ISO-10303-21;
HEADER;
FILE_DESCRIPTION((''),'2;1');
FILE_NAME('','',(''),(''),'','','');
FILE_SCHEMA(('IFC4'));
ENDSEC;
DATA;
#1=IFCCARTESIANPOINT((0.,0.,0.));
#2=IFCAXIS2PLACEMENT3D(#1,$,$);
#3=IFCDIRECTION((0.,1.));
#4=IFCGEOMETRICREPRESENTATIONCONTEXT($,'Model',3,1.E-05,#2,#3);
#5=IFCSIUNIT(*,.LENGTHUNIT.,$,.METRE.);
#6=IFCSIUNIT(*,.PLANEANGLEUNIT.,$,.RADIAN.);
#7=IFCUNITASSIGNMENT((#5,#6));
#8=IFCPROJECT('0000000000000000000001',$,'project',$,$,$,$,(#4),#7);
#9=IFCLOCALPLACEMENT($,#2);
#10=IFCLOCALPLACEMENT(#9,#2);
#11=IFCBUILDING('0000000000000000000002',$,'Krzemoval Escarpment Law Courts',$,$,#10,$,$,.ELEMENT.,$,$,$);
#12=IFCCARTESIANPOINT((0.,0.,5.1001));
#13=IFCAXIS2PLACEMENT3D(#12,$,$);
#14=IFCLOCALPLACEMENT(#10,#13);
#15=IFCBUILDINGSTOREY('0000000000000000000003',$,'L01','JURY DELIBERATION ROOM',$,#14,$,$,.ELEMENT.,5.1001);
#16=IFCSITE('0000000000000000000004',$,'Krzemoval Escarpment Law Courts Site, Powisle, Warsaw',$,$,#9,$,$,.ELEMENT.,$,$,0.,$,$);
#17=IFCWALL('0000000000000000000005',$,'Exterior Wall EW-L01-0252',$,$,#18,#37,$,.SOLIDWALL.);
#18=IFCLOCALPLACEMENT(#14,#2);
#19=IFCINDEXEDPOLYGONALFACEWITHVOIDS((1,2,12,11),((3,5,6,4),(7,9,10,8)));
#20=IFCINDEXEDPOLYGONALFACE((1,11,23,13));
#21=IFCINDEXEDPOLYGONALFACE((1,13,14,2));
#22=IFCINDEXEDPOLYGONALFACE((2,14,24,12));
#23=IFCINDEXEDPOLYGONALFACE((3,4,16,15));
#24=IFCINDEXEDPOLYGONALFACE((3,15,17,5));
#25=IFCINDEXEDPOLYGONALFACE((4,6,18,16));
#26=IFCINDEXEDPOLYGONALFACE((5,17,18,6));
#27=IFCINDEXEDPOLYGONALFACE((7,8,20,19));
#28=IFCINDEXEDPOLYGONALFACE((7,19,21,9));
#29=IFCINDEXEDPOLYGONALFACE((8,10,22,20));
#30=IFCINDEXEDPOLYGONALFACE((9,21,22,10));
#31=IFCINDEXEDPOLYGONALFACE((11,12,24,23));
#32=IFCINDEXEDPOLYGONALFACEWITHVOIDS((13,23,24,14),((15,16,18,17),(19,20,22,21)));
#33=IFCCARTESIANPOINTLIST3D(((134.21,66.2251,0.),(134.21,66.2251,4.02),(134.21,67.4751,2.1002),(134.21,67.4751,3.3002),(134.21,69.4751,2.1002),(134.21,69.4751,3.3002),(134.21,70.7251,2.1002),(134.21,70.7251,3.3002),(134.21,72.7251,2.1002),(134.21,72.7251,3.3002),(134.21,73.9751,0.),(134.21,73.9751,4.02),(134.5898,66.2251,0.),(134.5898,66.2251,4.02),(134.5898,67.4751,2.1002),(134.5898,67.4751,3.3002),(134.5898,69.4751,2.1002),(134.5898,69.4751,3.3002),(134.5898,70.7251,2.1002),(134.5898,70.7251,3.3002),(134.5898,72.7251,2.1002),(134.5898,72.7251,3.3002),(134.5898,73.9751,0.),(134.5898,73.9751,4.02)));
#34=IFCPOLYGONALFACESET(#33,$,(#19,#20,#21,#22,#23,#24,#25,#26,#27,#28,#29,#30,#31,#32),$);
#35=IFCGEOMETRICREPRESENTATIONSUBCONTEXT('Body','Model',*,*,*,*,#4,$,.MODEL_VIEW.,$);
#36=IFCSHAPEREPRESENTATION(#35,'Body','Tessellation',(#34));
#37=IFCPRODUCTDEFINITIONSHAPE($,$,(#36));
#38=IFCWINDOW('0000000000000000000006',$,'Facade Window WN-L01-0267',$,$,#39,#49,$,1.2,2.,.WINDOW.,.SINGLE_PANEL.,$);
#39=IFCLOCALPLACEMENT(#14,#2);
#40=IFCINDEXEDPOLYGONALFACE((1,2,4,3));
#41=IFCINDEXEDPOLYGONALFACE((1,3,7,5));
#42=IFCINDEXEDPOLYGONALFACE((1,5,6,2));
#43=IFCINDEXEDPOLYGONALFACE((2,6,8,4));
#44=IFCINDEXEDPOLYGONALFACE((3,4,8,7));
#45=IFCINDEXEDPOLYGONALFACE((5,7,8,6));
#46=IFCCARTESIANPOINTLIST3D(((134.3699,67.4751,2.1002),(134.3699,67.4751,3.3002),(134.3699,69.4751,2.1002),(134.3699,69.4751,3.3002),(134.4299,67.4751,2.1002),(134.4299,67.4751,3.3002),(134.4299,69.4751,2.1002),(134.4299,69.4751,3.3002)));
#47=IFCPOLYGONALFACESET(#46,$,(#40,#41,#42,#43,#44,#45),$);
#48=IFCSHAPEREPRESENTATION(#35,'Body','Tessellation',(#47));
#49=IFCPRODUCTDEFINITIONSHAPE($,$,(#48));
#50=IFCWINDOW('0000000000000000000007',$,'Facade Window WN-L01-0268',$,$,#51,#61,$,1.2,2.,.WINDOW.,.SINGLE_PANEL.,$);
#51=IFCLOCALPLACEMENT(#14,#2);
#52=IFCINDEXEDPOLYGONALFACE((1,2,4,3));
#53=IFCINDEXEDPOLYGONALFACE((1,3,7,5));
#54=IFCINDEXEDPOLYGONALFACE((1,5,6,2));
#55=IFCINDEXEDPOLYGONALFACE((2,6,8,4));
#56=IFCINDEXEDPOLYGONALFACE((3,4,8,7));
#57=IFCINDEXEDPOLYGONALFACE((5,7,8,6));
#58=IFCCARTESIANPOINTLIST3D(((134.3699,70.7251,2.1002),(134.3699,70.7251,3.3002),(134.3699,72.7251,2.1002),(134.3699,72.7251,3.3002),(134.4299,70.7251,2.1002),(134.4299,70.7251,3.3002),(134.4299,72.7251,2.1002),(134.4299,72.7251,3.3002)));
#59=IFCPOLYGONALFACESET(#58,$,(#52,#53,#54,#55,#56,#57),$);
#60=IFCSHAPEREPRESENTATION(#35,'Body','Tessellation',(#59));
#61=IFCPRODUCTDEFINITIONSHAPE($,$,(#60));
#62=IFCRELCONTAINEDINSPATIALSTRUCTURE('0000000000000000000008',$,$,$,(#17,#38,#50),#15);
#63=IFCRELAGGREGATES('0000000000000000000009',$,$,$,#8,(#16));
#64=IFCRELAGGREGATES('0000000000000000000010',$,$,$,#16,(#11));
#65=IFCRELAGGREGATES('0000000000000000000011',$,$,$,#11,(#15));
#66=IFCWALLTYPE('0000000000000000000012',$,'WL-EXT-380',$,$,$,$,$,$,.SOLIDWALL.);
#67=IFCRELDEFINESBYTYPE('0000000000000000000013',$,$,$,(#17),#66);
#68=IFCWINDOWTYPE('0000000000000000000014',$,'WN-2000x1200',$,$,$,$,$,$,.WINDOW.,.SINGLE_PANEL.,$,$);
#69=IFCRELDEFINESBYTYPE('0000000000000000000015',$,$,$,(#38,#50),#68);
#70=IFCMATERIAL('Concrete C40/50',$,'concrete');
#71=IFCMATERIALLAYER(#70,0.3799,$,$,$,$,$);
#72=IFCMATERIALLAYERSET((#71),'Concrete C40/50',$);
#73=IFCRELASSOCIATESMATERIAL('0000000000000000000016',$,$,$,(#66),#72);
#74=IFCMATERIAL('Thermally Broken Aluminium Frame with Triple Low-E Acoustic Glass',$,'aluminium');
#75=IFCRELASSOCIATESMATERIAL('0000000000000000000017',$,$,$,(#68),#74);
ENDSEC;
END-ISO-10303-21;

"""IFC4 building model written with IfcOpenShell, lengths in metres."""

from ifc_helpers import new_model, si_unit, direction, frame, frame_2d, origin, place, context, subcontext, project, spatial, rectangle, extrude, material, layer, layer_set, type_object, element, fill, save


model = new_model("IFC4")

# Units and contexts
model_context = context("Model", 3, precision=1e-05, world=origin(), true_north=direction((0.0, 1.0)))
body_context = subcontext(model_context, "Body", "Model", "MODEL_VIEW")
ifc_project = project(units=[si_unit("LENGTHUNIT", "METRE"), si_unit("PLANEANGLEUNIT", "RADIAN")], contexts=[model_context])

# Site, building, storey
site_placement = place(None, origin())
site = spatial("IfcSite", under=ifc_project, at=site_placement, Name="Krzemoval Escarpment Law Courts Site, Powisle, Warsaw", CompositionType="ELEMENT", RefElevation=0.0)
building_placement = place(site_placement, origin())
building = spatial("IfcBuilding", under=site, at=building_placement, Name="Krzemoval Escarpment Law Courts", CompositionType="ELEMENT")
storey_placement = place(building_placement, frame((0.0, 0.0, 5.1001)))
storey = spatial("IfcBuildingStorey", under=building, at=storey_placement, Name="L01", Description="JURY DELIBERATION ROOM", CompositionType="ELEMENT", Elevation=5.1001)

# Wall, openings, windows
ifc_material_1 = material(Name="Concrete C40/50", Category="concrete")
ifc_layer = layer(ifc_material_1, 0.3799)
ifc_layer_set = layer_set([ifc_layer], Name="Concrete C40/50")
wall_type = type_object("IfcWallType", Name="WL-EXT-380", PredefinedType="SOLIDWALL", material=ifc_layer_set)
ifc_material_2 = material(Name="Thermally Broken Aluminium Frame with Triple Low-E Acoustic Glass", Category="aluminium")
window_type = type_object("IfcWindowType", Name="WN-2000x1200", PartitioningType="SINGLE_PANEL", PredefinedType="WINDOW", material=ifc_material_2)
wall_1_placement = place(storey_placement, frame((134.3999, 66.2251, 0.0), z_axis=(0.0, 0.0, 1.0), x_axis=(0.0, 1.0, 0.0)))
wall_1 = element("IfcWall", 1, at=wall_1_placement, inside=storey, type_object=wall_type, Name="Exterior Wall EW-L01-0252", PredefinedType="SOLIDWALL", context=body_context, shape_type="SweptSolid", body=[
    extrude(rectangle(XDim=7.75, YDim=0.3799, at=frame_2d((3.875, 0.0))), origin(), (0.0, 0.0, 1.0), 4.02),
])
opening_1_placement = place(wall_1_placement, frame((1.25, 0.0, 2.1001)))
opening_1 = element("IfcOpeningElement", 2, at=opening_1_placement, cuts=wall_1, PredefinedType="OPENING", context=body_context, shape_type="SweptSolid", body=[
    extrude(rectangle(XDim=2.0, YDim=1.2, at=frame_2d((1.0, 0.6001))), frame((0.0, 0.2049, 0.0), z_axis=(0.0, -1.0, 0.0), x_axis=(1.0, 0.0, 0.0)), (0.0, 0.0, 1.0), 0.4099),
])
opening_2_placement = place(wall_1_placement, frame((4.5, 0.0, 2.1001)))
opening_2 = element("IfcOpeningElement", 3, at=opening_2_placement, cuts=wall_1, PredefinedType="OPENING", context=body_context, shape_type="SweptSolid", body=[
    extrude(rectangle(XDim=2.0, YDim=1.2, at=frame_2d((1.0, 0.6001))), frame((0.0, 0.2049, 0.0), z_axis=(0.0, -1.0, 0.0), x_axis=(1.0, 0.0, 0.0)), (0.0, 0.0, 1.0), 0.4099),
])
window_1_placement = place(opening_1_placement, origin())
window_1 = element("IfcWindow", 4, at=window_1_placement, inside=storey, type_object=window_type, Name="Facade Window WN-L01-0267", OverallHeight=1.2, OverallWidth=2.0, PartitioningType="SINGLE_PANEL", PredefinedType="WINDOW", context=body_context, shape_type="SweptSolid", body=[
    extrude(rectangle(XDim=2.0, YDim=1.2, at=frame_2d((1.0, 0.6001))), frame((0.0, 0.03, 0.0), z_axis=(0.0, -1.0, 0.0), x_axis=(1.0, 0.0, 0.0)), (0.0, 0.0, 1.0), 0.0601),
])
fill(opening_1, window_1)
window_2_placement = place(opening_2_placement, origin())
window_2 = element("IfcWindow", 5, at=window_2_placement, inside=storey, type_object=window_type, Name="Facade Window WN-L01-0268", OverallHeight=1.2, OverallWidth=2.0, PartitioningType="SINGLE_PANEL", PredefinedType="WINDOW", context=body_context, shape_type="SweptSolid", body=[
    extrude(rectangle(XDim=2.0, YDim=1.2, at=frame_2d((1.0, 0.6001))), frame((0.0, 0.03, 0.0), z_axis=(0.0, -1.0, 0.0), x_axis=(1.0, 0.0, 0.0)), (0.0, 0.0, 1.0), 0.0601),
])
fill(opening_2, window_2)

save(model, "model.ifc")
